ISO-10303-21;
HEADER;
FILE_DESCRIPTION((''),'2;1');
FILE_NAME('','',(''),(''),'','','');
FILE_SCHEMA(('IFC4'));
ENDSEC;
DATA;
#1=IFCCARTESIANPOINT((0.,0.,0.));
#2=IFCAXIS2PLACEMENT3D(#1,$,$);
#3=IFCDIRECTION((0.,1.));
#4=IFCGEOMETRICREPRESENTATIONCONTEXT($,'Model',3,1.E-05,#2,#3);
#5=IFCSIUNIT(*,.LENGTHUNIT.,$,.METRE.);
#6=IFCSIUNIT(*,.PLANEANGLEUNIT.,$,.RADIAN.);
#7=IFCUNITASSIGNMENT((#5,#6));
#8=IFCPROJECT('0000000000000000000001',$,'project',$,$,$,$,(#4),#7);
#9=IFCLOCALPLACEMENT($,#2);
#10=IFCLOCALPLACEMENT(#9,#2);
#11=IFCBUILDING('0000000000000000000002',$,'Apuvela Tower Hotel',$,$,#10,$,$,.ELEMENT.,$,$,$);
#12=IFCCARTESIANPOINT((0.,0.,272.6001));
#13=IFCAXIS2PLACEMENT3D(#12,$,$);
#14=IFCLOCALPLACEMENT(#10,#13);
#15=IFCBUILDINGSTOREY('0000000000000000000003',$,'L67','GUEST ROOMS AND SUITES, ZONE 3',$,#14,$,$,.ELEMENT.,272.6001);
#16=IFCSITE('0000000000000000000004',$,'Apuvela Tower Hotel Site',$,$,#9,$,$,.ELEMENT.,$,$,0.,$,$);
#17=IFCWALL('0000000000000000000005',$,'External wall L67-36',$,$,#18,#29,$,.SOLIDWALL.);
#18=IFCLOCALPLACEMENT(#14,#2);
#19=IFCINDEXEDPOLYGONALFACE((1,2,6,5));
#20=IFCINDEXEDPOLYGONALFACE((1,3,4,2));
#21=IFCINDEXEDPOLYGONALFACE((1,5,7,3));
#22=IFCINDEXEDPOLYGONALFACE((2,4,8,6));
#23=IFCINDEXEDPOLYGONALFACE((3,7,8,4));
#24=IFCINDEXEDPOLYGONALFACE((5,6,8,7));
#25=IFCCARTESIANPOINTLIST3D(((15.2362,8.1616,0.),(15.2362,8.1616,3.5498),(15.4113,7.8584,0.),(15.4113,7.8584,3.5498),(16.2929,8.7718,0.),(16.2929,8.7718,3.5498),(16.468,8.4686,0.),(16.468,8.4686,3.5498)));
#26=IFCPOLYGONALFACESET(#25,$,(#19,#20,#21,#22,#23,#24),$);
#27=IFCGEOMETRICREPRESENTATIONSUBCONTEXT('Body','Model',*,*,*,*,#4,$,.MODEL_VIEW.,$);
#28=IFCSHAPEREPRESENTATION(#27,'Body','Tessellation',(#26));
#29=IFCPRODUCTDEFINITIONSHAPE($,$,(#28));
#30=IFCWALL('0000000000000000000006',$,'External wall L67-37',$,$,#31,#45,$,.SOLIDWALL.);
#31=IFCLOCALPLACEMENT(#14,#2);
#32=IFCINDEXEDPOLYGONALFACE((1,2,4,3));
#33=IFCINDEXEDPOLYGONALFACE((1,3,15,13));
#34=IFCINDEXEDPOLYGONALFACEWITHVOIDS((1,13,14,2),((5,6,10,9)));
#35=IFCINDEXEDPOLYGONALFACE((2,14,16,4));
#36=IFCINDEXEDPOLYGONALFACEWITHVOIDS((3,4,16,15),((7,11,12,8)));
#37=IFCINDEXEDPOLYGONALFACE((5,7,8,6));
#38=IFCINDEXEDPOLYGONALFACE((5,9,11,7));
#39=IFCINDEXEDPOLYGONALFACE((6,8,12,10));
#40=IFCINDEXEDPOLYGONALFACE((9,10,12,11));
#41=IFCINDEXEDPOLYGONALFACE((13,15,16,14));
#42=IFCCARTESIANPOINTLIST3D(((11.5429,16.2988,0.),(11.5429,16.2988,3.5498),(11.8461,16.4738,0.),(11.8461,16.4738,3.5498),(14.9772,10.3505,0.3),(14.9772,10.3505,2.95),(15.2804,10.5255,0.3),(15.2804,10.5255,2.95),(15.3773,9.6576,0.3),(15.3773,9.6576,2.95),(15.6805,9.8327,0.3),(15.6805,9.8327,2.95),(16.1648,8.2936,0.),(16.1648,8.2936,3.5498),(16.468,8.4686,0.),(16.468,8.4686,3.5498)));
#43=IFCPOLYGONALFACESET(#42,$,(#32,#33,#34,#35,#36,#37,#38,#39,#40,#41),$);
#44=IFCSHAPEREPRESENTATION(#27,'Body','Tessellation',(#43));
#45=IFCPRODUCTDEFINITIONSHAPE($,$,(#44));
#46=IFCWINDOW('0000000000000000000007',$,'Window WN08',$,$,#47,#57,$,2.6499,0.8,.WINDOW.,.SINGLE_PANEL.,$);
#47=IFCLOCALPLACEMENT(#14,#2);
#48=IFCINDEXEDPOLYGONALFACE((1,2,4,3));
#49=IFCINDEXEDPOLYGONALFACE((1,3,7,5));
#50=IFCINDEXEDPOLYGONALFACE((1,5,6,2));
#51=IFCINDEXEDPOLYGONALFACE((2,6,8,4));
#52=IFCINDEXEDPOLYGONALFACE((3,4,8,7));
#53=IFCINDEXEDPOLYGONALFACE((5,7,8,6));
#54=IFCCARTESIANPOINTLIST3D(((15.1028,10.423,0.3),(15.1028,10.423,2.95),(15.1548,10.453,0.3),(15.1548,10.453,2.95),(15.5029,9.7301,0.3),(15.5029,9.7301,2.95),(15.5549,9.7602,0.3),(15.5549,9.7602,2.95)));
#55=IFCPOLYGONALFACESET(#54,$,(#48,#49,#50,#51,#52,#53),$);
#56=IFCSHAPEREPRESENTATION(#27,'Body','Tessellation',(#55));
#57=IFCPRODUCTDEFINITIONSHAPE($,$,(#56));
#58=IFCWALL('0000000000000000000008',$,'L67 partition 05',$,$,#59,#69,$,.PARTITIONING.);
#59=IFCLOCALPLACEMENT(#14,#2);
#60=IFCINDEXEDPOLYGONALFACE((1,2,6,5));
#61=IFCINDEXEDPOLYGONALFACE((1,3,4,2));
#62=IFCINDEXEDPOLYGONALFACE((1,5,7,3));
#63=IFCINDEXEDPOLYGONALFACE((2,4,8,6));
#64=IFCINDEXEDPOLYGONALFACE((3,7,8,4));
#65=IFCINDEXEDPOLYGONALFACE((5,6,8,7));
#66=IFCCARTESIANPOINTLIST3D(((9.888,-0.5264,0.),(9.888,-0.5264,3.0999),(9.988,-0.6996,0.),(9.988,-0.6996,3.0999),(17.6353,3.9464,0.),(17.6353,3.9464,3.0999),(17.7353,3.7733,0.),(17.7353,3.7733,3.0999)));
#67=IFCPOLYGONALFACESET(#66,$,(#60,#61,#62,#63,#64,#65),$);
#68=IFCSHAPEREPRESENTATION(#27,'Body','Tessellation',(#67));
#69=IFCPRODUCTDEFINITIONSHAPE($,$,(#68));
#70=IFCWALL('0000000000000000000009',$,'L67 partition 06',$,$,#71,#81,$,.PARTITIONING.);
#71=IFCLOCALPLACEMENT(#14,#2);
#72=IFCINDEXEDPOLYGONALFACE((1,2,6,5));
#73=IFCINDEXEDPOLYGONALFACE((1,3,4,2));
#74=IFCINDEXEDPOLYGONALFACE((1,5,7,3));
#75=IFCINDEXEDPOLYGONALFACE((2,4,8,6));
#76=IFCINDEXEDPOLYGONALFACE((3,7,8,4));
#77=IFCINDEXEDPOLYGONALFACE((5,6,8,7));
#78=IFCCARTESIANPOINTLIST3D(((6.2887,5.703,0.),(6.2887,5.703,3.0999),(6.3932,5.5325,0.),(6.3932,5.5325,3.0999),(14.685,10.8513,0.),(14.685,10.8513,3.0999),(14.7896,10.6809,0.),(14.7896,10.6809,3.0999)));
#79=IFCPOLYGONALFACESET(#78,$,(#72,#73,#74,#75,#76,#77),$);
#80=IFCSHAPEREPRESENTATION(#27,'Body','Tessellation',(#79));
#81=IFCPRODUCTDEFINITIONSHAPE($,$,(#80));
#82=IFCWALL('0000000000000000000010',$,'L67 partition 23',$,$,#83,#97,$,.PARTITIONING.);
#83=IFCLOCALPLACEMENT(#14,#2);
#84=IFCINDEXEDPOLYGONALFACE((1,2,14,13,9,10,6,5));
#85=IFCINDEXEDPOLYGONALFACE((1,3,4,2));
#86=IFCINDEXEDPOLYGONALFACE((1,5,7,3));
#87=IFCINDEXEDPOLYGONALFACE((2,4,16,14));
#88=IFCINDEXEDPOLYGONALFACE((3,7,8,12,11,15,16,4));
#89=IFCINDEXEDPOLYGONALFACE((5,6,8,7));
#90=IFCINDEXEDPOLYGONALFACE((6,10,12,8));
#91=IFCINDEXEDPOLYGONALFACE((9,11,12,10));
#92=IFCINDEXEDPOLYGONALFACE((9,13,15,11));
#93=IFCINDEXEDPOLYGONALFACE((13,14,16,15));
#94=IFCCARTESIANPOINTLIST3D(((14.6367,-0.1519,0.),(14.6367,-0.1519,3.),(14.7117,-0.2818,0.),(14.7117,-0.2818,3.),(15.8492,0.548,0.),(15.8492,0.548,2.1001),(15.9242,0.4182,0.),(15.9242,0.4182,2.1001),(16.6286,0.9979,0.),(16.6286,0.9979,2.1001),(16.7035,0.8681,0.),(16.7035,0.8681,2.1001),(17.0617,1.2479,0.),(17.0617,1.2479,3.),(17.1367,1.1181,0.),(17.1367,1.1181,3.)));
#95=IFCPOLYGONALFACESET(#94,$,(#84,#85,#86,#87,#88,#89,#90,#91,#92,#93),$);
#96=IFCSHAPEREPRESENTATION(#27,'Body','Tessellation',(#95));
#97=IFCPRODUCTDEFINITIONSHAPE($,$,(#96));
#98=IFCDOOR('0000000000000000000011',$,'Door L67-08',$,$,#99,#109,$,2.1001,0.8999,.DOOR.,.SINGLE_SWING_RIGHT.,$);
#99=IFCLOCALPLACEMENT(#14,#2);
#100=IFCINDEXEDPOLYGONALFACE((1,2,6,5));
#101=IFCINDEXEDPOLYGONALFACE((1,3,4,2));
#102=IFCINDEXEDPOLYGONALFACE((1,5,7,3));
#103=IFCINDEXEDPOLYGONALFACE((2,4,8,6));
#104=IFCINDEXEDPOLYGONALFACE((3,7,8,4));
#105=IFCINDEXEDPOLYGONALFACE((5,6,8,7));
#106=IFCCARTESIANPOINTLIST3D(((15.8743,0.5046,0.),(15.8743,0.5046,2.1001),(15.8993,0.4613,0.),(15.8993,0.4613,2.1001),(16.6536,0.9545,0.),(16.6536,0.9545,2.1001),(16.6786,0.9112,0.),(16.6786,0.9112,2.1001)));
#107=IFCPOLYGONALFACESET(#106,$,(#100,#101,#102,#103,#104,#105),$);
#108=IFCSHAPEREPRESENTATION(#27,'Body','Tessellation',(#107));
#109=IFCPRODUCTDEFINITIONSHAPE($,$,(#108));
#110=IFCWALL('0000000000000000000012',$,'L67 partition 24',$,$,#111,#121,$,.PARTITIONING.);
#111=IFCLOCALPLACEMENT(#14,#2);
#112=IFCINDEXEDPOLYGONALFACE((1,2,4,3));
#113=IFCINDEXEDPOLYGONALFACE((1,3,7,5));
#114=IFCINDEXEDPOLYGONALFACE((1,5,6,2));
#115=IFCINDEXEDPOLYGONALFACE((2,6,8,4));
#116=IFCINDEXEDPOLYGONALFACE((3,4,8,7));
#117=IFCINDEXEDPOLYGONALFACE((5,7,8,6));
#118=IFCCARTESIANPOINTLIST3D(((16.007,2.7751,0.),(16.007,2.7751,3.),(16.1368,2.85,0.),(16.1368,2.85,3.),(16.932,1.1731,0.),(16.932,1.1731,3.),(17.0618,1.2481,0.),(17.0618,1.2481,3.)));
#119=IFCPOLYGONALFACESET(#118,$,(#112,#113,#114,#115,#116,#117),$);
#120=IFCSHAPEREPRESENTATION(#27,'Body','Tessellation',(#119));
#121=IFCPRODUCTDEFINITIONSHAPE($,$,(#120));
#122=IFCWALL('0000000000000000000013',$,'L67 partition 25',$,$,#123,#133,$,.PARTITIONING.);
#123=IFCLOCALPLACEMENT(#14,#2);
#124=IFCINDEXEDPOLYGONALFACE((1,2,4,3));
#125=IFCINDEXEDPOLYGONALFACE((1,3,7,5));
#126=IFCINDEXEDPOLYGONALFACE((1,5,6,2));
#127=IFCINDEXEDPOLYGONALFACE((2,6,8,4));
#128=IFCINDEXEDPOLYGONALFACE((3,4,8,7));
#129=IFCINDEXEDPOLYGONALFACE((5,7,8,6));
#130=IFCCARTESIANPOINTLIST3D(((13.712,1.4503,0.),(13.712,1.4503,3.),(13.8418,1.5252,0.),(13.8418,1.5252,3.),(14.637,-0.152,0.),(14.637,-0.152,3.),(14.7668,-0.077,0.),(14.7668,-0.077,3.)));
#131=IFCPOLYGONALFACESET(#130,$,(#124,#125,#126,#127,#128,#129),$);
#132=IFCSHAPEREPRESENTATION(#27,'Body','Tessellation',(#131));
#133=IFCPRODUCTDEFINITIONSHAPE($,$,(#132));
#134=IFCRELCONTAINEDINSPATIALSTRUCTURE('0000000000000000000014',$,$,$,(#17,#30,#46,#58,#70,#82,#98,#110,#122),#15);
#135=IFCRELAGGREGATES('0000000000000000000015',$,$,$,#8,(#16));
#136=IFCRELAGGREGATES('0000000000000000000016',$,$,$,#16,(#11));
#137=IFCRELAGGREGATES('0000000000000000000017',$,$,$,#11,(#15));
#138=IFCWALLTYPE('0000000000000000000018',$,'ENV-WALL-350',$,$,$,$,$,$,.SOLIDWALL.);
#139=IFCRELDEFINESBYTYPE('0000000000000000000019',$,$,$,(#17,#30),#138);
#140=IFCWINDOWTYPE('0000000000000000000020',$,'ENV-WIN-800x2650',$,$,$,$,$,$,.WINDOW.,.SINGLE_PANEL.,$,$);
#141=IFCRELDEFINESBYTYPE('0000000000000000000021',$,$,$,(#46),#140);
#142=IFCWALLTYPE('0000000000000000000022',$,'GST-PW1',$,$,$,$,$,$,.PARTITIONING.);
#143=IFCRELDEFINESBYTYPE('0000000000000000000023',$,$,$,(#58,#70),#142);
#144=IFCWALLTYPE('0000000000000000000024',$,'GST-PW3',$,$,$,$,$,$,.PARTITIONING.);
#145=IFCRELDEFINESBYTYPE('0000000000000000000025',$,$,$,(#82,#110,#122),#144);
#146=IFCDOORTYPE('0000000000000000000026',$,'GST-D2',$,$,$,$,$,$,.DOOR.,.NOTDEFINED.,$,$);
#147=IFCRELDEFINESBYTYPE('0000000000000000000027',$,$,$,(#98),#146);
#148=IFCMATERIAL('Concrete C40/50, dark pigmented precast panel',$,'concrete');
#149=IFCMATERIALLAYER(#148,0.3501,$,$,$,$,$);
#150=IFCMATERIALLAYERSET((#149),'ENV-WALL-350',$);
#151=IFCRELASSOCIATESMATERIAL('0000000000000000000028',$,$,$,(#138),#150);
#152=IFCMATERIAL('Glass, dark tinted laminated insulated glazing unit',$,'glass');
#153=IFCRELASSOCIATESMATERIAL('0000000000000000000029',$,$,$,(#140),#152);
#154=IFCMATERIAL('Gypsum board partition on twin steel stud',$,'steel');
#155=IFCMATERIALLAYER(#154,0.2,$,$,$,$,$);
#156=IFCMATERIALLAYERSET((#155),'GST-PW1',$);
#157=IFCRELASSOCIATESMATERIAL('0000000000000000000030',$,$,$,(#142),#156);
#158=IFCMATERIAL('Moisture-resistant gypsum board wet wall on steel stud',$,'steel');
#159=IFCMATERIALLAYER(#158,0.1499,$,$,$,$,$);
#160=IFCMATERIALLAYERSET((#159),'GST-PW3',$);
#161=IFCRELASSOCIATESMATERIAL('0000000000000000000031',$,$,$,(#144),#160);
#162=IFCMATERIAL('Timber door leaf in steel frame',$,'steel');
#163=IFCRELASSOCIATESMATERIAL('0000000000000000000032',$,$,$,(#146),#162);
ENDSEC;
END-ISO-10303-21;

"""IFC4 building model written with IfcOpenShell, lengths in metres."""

from ifc_helpers import new_model, si_unit, direction, frame, frame_2d, origin, place, context, subcontext, project, spatial, rectangle, extrude, material, layer, layer_set, type_object, element, fill, save


model = new_model("IFC4")

# Units and contexts
model_context = context("Model", 3, precision=1e-05, world=origin(), true_north=direction((0.0, 1.0)))
body_context = subcontext(model_context, "Body", "Model", "MODEL_VIEW")
ifc_project = project(units=[si_unit("LENGTHUNIT", "METRE"), si_unit("PLANEANGLEUNIT", "RADIAN")], contexts=[model_context])

# Site, building, storey
site_placement = place(None, origin())
site = spatial("IfcSite", under=ifc_project, at=site_placement, Name="Apuvela Tower Hotel Site", CompositionType="ELEMENT", RefElevation=0.0)
building_placement = place(site_placement, origin())
building = spatial("IfcBuilding", under=site, at=building_placement, Name="Apuvela Tower Hotel", CompositionType="ELEMENT")
storey_placement = place(building_placement, frame((0.0, 0.0, 272.6001)))
storey = spatial("IfcBuildingStorey", under=building, at=storey_placement, Name="L67", Description="GUEST ROOMS AND SUITES, ZONE 3", CompositionType="ELEMENT", Elevation=272.6001)

# Shared definitions
ifc_material_1 = material(Name="Concrete C40/50, dark pigmented precast panel", Category="concrete")
ifc_layer_1 = layer(ifc_material_1, 0.3501)
ifc_layer_set_1 = layer_set([ifc_layer_1], Name="ENV-WALL-350")
wall_type_1 = type_object("IfcWallType", Name="ENV-WALL-350", PredefinedType="SOLIDWALL", material=ifc_layer_set_1)

# Shared definitions
ifc_material_2 = material(Name="Glass, dark tinted laminated insulated glazing unit", Category="glass")

# Wall
wall_1_placement = place(storey_placement, frame((15.3237, 8.01, 0.0), z_axis=(0.0, 0.0, 1.0), x_axis=(0.866006, 0.500034, 0.0)))
element("IfcWall", 1, at=wall_1_placement, inside=storey, type_object=wall_type_1, Name="External wall L67-36", PredefinedType="SOLIDWALL", context=body_context, shape_type="SweptSolid", body=[
    extrude(rectangle(XDim=1.2202, YDim=0.3501, at=frame_2d((0.6101, 0.0))), origin(), (0.0, 0.0, 1.0), 3.5498),
])

# Wall, opening, window
wall_2_placement = place(storey_placement, frame((16.3164, 8.3811, 0.0), z_axis=(0.0, 0.0, 1.0), x_axis=(-0.500005, 0.866022, 0.0)))
wall_2 = element("IfcWall", 2, at=wall_2_placement, inside=storey, type_object=wall_type_1, Name="External wall L67-37", PredefinedType="SOLIDWALL", context=body_context, shape_type="SweptSolid", body=[
    extrude(rectangle(XDim=9.2437, YDim=0.3501, at=frame_2d((4.6218, 0.0))), origin(), (0.0, 0.0, 1.0), 3.5498),
])
opening_1_placement = place(wall_2_placement, frame((1.5752, 0.0, 0.3)))
opening_1 = element("IfcOpeningElement", 3, at=opening_1_placement, cuts=wall_2, PredefinedType="OPENING", context=body_context, shape_type="SweptSolid", body=[
    extrude(rectangle(XDim=0.8, YDim=2.6499, at=frame_2d((0.3999, 1.325))), frame((0.0, 0.1851, 0.0), z_axis=(0.0, -1.0, 0.0), x_axis=(1.0, 0.0, 0.0)), (0.0, 0.0, 1.0), 0.3701),
])
window_type_1 = type_object("IfcWindowType", Name="ENV-WIN-800x2650", PartitioningType="SINGLE_PANEL", PredefinedType="WINDOW", material=ifc_material_2)
window_1_placement = place(opening_1_placement, origin())
window_1 = element("IfcWindow", 4, at=window_1_placement, inside=storey, type_object=window_type_1, Name="Window WN08", OverallHeight=2.6499, OverallWidth=0.8, PartitioningType="SINGLE_PANEL", PredefinedType="WINDOW", context=body_context, shape_type="SweptSolid", body=[
    extrude(rectangle(XDim=0.8, YDim=2.6499, at=frame_2d((0.3999, 1.325))), frame((0.0, 0.03, 0.0), z_axis=(0.0, -1.0, 0.0), x_axis=(1.0, 0.0, 0.0)), (0.0, 0.0, 1.0), 0.0601),
])
fill(opening_1, window_1)

# Walls
ifc_material_3 = material(Name="Gypsum board partition on twin steel stud", Category="steel")
ifc_layer_2 = layer(ifc_material_3, 0.2)
ifc_layer_set_2 = layer_set([ifc_layer_2], Name="GST-PW1")
wall_type_2 = type_object("IfcWallType", Name="GST-PW1", PredefinedType="PARTITIONING", material=ifc_layer_set_2)
wall_3_placement = place(storey_placement, frame((17.6853, 3.8599, 0.0), z_axis=(0.0, 0.0, 1.0), x_axis=(-0.866026, -0.499999, 0.0)))
element("IfcWall", 5, at=wall_3_placement, inside=storey, type_object=wall_type_2, Name="L67 partition 05", PredefinedType="PARTITIONING", context=body_context, shape_type="SweptSolid", body=[
    extrude(rectangle(XDim=8.9458, YDim=0.2, at=frame_2d((4.4729, 0.0))), origin(), (0.0, 0.0, 1.0), 3.0999),
])
wall_4_placement = place(storey_placement, frame((14.7373, 10.7661, 0.0), z_axis=(0.0, 0.0, 1.0), x_axis=(-0.852501, -0.522725, 0.0)))
element("IfcWall", 6, at=wall_4_placement, inside=storey, type_object=wall_type_2, Name="L67 partition 06", PredefinedType="PARTITIONING", context=body_context, shape_type="SweptSolid", body=[
    extrude(rectangle(XDim=9.8491, YDim=0.2, at=frame_2d((4.9246, 0.0))), origin(), (0.0, 0.0, 1.0), 3.0999),
])

# Wall, opening, door
ifc_material_4 = material(Name="Moisture-resistant gypsum board wet wall on steel stud", Category="steel")
ifc_layer_3 = layer(ifc_material_4, 0.1499)
ifc_layer_set_3 = layer_set([ifc_layer_3], Name="GST-PW3")
wall_type_3 = type_object("IfcWallType", Name="GST-PW3", PredefinedType="PARTITIONING", material=ifc_layer_set_3)
wall_5_placement = place(storey_placement, frame((14.6743, -0.2168, 0.0), z_axis=(0.0, 0.0, 1.0), x_axis=(0.866056, 0.499946, 0.0)))
wall_5 = element("IfcWall", 7, at=wall_5_placement, inside=storey, type_object=wall_type_3, Name="L67 partition 23", PredefinedType="PARTITIONING", context=body_context, shape_type="SweptSolid", body=[
    extrude(rectangle(XDim=2.8, YDim=0.1499, at=frame_2d((1.3999, 0.0))), origin(), (0.0, 0.0, 1.0), 3.0),
])
opening_2_placement = place(wall_5_placement, frame((1.3999, 0.0, 0.0)))
opening_2 = element("IfcOpeningElement", 8, at=opening_2_placement, cuts=wall_5, PredefinedType="OPENING", context=body_context, shape_type="SweptSolid", body=[
    extrude(rectangle(XDim=0.8999, YDim=2.1001, at=frame_2d((0.45, 1.05))), frame((0.0, 0.085, 0.0), z_axis=(0.0, -1.0, 0.0), x_axis=(1.0, 0.0, 0.0)), (0.0, 0.0, 1.0), 0.1699),
])
ifc_material_5 = material(Name="Timber door leaf in steel frame", Category="steel")
door_type_1 = type_object("IfcDoorType", Name="GST-D2", OperationType="NOTDEFINED", PredefinedType="DOOR", material=ifc_material_5)
door_1_placement = place(opening_2_placement, origin())
door_1 = element("IfcDoor", 9, at=door_1_placement, inside=storey, type_object=door_type_1, Name="Door L67-08", OperationType="SINGLE_SWING_RIGHT", OverallHeight=2.1001, OverallWidth=0.8999, PredefinedType="DOOR", context=body_context, shape_type="SweptSolid", body=[
    extrude(rectangle(XDim=0.8999, YDim=2.1001, at=frame_2d((0.45, 1.05))), frame((0.0, 0.0249, 0.0), z_axis=(0.0, -1.0, 0.0), x_axis=(1.0, 0.0, 0.0)), (0.0, 0.0, 1.0), 0.05),
])
fill(opening_2, door_1)

# Walls
wall_6_placement = place(storey_placement, frame((16.9968, 1.2107, 0.0), z_axis=(0.0, 0.0, 1.0), x_axis=(-0.500042, 0.866001, 0.0)))
element("IfcWall", 10, at=wall_6_placement, inside=storey, type_object=wall_type_3, Name="L67 partition 24", PredefinedType="PARTITIONING", context=body_context, shape_type="SweptSolid", body=[
    extrude(rectangle(XDim=1.8499, YDim=0.1499, at=frame_2d((0.9248, 0.0))), origin(), (0.0, 0.0, 1.0), 3.0),
])
wall_7_placement = place(storey_placement, frame((14.7019, -0.1145, 0.0), z_axis=(0.0, 0.0, 1.0), x_axis=(-0.499985, 0.866034, 0.0)))
element("IfcWall", 11, at=wall_7_placement, inside=storey, type_object=wall_type_3, Name="L67 partition 25", PredefinedType="PARTITIONING", context=body_context, shape_type="SweptSolid", body=[
    extrude(rectangle(XDim=1.8501, YDim=0.1499, at=frame_2d((0.925, 0.0))), origin(), (0.0, 0.0, 1.0), 3.0),
])

save(model, "model.ifc")
